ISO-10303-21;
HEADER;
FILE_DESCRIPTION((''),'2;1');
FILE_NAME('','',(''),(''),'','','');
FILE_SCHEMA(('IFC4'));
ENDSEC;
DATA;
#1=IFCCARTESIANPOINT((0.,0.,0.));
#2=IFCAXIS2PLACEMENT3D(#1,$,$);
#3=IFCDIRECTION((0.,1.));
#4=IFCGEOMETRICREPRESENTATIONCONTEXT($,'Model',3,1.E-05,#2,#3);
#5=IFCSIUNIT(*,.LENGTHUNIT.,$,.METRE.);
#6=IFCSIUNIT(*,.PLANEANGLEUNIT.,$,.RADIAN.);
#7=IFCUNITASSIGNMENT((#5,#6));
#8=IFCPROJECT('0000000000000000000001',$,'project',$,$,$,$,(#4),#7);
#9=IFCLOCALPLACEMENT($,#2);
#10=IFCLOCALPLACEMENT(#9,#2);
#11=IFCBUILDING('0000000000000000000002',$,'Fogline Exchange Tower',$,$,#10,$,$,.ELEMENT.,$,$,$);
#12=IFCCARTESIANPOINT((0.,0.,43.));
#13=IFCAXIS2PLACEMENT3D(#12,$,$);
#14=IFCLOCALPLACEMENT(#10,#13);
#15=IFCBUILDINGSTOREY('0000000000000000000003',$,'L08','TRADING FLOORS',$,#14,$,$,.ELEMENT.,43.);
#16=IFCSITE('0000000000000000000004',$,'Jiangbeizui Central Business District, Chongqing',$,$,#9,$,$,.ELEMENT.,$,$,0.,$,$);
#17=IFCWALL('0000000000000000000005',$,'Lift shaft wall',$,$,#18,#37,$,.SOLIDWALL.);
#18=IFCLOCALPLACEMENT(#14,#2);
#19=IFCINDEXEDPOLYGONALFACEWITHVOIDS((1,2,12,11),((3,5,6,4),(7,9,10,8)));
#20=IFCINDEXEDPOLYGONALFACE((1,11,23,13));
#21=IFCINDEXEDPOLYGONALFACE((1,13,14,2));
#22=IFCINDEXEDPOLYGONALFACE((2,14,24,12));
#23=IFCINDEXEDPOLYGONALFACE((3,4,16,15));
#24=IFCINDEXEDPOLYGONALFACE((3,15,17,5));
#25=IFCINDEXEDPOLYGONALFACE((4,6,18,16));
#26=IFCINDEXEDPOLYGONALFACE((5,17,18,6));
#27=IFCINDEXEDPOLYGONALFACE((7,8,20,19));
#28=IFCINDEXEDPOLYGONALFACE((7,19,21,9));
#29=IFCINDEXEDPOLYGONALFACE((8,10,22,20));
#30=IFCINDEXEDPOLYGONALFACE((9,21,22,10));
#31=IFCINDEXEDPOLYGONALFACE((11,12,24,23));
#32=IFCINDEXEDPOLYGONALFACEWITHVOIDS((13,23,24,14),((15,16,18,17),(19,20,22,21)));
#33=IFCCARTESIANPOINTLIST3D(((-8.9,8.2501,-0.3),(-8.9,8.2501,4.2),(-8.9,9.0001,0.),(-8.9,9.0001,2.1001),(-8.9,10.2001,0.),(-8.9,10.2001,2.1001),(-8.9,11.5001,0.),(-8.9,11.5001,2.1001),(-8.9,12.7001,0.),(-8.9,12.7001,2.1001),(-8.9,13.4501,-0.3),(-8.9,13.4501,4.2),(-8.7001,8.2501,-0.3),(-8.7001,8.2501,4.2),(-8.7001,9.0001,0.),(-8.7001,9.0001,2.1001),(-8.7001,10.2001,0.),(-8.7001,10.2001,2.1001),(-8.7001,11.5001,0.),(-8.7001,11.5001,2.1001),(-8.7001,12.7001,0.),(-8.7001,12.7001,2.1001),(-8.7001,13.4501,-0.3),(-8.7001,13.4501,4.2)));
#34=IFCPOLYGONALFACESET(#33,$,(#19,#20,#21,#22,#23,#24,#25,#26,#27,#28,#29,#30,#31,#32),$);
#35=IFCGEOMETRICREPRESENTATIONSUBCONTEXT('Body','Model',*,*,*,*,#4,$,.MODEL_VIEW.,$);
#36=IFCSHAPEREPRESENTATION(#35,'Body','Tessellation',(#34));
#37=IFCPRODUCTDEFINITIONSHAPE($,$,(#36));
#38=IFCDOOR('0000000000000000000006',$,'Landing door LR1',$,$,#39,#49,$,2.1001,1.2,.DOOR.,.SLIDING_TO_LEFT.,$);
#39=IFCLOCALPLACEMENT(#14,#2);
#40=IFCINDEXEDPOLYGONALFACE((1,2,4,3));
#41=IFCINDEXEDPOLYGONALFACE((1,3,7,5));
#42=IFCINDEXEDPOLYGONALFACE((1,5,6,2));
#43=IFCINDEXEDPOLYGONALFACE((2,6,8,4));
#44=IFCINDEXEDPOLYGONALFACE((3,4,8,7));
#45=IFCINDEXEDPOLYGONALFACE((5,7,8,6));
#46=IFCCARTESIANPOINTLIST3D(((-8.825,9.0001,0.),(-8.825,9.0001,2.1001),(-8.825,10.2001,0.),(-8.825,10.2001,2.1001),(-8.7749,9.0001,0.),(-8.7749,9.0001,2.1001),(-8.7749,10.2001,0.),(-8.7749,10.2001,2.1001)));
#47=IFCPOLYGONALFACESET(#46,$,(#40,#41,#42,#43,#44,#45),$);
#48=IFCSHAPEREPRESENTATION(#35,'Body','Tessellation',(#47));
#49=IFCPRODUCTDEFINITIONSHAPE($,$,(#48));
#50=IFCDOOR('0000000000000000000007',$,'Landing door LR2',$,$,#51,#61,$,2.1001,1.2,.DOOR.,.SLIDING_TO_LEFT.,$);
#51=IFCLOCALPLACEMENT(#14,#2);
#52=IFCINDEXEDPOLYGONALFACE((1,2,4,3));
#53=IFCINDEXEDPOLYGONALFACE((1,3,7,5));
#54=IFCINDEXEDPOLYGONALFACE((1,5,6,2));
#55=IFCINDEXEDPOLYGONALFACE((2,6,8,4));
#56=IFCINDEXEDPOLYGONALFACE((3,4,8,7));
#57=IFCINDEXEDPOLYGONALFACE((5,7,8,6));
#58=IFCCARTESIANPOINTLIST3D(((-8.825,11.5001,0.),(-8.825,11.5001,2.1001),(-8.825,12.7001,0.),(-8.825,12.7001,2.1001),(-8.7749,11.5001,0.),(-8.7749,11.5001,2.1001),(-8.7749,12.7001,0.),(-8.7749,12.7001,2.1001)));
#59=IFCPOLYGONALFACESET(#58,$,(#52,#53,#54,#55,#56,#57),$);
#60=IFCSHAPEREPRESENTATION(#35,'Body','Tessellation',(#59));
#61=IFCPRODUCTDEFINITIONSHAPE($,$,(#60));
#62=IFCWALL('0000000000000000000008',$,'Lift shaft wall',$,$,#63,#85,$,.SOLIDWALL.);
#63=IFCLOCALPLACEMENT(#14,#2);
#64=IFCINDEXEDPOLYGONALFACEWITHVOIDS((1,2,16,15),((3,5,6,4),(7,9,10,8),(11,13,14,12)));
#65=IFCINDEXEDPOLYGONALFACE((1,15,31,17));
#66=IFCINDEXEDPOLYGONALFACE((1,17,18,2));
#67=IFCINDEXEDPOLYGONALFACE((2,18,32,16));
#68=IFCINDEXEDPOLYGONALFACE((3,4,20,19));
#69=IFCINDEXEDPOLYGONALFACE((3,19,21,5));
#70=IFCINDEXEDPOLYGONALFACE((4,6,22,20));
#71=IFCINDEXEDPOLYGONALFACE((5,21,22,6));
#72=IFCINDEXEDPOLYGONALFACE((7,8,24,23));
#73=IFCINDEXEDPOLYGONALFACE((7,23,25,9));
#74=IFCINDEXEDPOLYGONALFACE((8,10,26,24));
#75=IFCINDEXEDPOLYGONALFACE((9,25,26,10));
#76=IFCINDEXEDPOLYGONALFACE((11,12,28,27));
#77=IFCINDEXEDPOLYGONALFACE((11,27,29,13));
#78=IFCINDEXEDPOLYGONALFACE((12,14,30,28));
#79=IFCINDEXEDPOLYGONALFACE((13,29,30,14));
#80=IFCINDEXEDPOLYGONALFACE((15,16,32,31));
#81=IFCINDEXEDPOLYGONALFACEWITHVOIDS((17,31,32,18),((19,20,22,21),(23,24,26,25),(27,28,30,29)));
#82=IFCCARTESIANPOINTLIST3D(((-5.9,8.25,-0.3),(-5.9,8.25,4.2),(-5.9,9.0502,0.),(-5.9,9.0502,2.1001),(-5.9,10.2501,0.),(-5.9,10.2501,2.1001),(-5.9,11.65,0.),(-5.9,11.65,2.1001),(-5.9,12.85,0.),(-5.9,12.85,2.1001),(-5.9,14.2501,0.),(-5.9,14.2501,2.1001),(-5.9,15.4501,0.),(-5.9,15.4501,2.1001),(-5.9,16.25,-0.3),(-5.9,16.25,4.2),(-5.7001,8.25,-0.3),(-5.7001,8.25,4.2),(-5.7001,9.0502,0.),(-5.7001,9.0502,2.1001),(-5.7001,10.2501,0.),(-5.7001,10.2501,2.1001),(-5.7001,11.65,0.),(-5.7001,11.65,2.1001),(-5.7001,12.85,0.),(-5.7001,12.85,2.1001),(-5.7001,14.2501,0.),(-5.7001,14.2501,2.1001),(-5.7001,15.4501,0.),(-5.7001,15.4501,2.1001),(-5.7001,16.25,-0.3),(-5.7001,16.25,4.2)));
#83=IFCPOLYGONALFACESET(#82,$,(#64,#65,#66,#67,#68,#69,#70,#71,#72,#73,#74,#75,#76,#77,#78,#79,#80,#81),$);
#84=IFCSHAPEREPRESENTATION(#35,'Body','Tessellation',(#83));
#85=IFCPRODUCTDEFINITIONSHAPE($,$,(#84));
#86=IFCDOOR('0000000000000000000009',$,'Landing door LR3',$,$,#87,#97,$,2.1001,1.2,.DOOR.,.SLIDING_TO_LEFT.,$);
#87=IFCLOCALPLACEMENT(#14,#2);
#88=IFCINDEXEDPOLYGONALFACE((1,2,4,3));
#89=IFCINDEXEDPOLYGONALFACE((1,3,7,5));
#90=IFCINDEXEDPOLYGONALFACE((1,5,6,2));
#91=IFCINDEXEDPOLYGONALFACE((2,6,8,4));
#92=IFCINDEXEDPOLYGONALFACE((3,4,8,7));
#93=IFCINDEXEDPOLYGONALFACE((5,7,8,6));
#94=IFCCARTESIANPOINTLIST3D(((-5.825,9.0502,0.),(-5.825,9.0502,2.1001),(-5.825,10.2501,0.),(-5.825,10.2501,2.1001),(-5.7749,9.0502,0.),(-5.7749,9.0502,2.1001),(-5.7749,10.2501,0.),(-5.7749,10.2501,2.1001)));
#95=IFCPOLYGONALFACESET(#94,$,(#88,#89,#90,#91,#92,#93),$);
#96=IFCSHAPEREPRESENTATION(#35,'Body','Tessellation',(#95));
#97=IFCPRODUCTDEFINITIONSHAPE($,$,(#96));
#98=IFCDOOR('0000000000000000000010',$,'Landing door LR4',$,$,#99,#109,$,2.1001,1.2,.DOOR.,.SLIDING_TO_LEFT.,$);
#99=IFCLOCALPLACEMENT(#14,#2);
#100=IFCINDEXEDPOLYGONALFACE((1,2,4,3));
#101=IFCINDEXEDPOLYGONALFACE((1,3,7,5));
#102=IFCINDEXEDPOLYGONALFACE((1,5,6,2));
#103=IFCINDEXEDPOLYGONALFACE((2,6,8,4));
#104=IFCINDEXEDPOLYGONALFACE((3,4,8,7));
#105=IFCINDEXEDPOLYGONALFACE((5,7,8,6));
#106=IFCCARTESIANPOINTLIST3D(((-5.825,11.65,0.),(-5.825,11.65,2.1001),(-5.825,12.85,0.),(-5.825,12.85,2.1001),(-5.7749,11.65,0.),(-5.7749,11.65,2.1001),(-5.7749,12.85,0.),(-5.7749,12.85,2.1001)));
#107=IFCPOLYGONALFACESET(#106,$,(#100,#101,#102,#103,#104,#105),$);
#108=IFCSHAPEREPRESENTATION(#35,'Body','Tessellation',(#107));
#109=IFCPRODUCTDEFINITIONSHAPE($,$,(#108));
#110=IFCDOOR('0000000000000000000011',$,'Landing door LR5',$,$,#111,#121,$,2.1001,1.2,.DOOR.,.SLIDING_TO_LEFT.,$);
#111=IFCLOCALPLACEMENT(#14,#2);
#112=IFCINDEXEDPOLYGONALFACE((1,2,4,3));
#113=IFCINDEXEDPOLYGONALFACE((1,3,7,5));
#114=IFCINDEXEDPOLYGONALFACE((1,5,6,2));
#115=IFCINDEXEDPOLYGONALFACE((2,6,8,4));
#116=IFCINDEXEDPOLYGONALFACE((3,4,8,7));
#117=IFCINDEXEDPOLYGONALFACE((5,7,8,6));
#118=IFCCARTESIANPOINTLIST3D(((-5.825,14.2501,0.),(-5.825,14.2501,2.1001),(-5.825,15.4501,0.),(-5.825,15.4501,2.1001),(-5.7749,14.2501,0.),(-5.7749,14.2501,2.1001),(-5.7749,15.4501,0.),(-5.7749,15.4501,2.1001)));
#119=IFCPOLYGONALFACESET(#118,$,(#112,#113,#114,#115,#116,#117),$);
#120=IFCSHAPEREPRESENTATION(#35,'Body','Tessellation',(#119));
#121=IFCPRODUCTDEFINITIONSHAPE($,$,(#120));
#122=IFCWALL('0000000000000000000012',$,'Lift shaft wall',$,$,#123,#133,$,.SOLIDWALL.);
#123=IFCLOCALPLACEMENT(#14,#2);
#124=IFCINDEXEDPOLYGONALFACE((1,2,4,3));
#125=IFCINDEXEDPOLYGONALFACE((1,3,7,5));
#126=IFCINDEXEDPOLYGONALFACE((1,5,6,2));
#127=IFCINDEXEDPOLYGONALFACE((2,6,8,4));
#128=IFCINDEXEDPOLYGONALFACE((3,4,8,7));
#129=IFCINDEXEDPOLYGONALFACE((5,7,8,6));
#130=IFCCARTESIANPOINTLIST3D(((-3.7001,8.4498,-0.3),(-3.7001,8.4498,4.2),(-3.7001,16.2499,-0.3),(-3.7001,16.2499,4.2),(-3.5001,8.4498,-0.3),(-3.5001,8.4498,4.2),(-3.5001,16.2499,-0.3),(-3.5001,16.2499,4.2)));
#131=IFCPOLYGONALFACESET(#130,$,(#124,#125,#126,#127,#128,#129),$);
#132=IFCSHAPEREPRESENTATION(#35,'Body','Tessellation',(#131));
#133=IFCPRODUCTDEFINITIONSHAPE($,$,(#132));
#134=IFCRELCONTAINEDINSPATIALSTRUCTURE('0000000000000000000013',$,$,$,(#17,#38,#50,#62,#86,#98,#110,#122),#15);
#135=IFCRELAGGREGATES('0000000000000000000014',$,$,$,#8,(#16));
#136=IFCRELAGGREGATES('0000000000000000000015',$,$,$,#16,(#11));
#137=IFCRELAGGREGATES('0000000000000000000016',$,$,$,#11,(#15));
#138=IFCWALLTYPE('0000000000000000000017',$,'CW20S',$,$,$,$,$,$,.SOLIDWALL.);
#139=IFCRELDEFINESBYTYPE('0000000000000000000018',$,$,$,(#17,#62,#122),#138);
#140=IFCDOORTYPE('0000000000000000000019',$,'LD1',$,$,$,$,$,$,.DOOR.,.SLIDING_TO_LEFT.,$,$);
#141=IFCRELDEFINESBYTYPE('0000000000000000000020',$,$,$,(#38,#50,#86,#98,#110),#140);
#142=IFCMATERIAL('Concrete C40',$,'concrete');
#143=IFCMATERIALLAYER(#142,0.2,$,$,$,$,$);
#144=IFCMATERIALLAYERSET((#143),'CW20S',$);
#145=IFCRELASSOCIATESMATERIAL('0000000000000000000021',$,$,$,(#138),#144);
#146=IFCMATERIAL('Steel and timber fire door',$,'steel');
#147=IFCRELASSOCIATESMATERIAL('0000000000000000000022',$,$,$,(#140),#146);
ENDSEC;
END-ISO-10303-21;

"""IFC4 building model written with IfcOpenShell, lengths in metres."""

from ifc_helpers import new_model, si_unit, direction, frame, frame_2d, origin, place, context, subcontext, project, spatial, rectangle, extrude, material, layer, layer_set, type_object, element, fill, save


model = new_model("IFC4")

# Units and contexts
model_context = context("Model", 3, precision=1e-05, world=origin(), true_north=direction((0.0, 1.0)))
body_context = subcontext(model_context, "Body", "Model", "MODEL_VIEW")
ifc_project = project(units=[si_unit("LENGTHUNIT", "METRE"), si_unit("PLANEANGLEUNIT", "RADIAN")], contexts=[model_context])

# Site, building, storey
site_placement = place(None, origin())
site = spatial("IfcSite", under=ifc_project, at=site_placement, Name="Jiangbeizui Central Business District, Chongqing", CompositionType="ELEMENT", RefElevation=0.0)
building_placement = place(site_placement, origin())
building = spatial("IfcBuilding", under=site, at=building_placement, Name="Fogline Exchange Tower", CompositionType="ELEMENT")
storey_placement = place(building_placement, frame((0.0, 0.0, 43.0)))
storey = spatial("IfcBuildingStorey", under=building, at=storey_placement, Name="L08", Description="TRADING FLOORS", CompositionType="ELEMENT", Elevation=43.0)

# Shared definitions
ifc_material_1 = material(Name="Steel and timber fire door", Category="steel")

# Shared definitions
ifc_material_2 = material(Name="Concrete C40", Category="concrete")

# Walls, openings, doors
ifc_layer_1 = layer(ifc_material_2, 0.2)
ifc_layer_set_1 = layer_set([ifc_layer_1], Name="CW20S")
wall_type_1 = type_object("IfcWallType", Name="CW20S", PredefinedType="SOLIDWALL", material=ifc_layer_set_1)
wall_1_placement = place(storey_placement, frame((-8.8, 8.25, -0.3), z_axis=(0.0, 0.0, 1.0), x_axis=(0.0, 1.0, 0.0)))
wall_1 = element("IfcWall", 1, at=wall_1_placement, inside=storey, type_object=wall_type_1, Name="Lift shaft wall", PredefinedType="SOLIDWALL", context=body_context, shape_type="SweptSolid", body=[
    extrude(rectangle(XDim=5.2, YDim=0.2, at=frame_2d((2.6001, 0.0))), origin(), (0.0, 0.0, 1.0), 4.5),
])
opening_1_placement = place(wall_1_placement, frame((0.75, 0.0, 0.3)))
opening_1 = element("IfcOpeningElement", 2, at=opening_1_placement, cuts=wall_1, PredefinedType="OPENING", context=body_context, shape_type="SweptSolid", body=[
    extrude(rectangle(XDim=1.2, YDim=2.1001, at=frame_2d((0.6001, 1.05))), frame((0.0, 0.1099, 0.0), z_axis=(0.0, -1.0, 0.0), x_axis=(1.0, 0.0, 0.0)), (0.0, 0.0, 1.0), 0.22),
])
opening_2_placement = place(wall_1_placement, frame((3.25, 0.0, 0.3)))
opening_2 = element("IfcOpeningElement", 3, at=opening_2_placement, cuts=wall_1, PredefinedType="OPENING", context=body_context, shape_type="SweptSolid", body=[
    extrude(rectangle(XDim=1.2, YDim=2.1001, at=frame_2d((0.6001, 1.05))), frame((0.0, 0.1099, 0.0), z_axis=(0.0, -1.0, 0.0), x_axis=(1.0, 0.0, 0.0)), (0.0, 0.0, 1.0), 0.22),
])
door_type_1 = type_object("IfcDoorType", Name="LD1", OperationType="SLIDING_TO_LEFT", PredefinedType="DOOR", material=ifc_material_1)
door_1_placement = place(opening_1_placement, origin())
door_1 = element("IfcDoor", 4, at=door_1_placement, inside=storey, type_object=door_type_1, Name="Landing door LR1", OperationType="SLIDING_TO_LEFT", OverallHeight=2.1001, OverallWidth=1.2, PredefinedType="DOOR", context=body_context, shape_type="SweptSolid", body=[
    extrude(rectangle(XDim=1.2, YDim=2.1001, at=frame_2d((0.6001, 1.05))), frame((0.0, 0.0249, 0.0), z_axis=(0.0, -1.0, 0.0), x_axis=(1.0, 0.0, 0.0)), (0.0, 0.0, 1.0), 0.05),
])
fill(opening_1, door_1)
door_2_placement = place(opening_2_placement, origin())
door_2 = element("IfcDoor", 5, at=door_2_placement, inside=storey, type_object=door_type_1, Name="Landing door LR2", OperationType="SLIDING_TO_LEFT", OverallHeight=2.1001, OverallWidth=1.2, PredefinedType="DOOR", context=body_context, shape_type="SweptSolid", body=[
    extrude(rectangle(XDim=1.2, YDim=2.1001, at=frame_2d((0.6001, 1.05))), frame((0.0, 0.0249, 0.0), z_axis=(0.0, -1.0, 0.0), x_axis=(1.0, 0.0, 0.0)), (0.0, 0.0, 1.0), 0.05),
])
fill(opening_2, door_2)
wall_2_placement = place(storey_placement, frame((-5.8, 8.25, -0.3), z_axis=(0.0, 0.0, 1.0), x_axis=(0.0, 1.0, 0.0)))
wall_2 = element("IfcWall", 6, at=wall_2_placement, inside=storey, type_object=wall_type_1, Name="Lift shaft wall", PredefinedType="SOLIDWALL", context=body_context, shape_type="SweptSolid", body=[
    extrude(rectangle(XDim=8.0, YDim=0.2, at=frame_2d((4.0, 0.0))), origin(), (0.0, 0.0, 1.0), 4.5),
])
opening_3_placement = place(wall_2_placement, frame((0.8, 0.0, 0.3)))
opening_3 = element("IfcOpeningElement", 7, at=opening_3_placement, cuts=wall_2, PredefinedType="OPENING", context=body_context, shape_type="SweptSolid", body=[
    extrude(rectangle(XDim=1.2, YDim=2.1001, at=frame_2d((0.6001, 1.05))), frame((0.0, 0.1099, 0.0), z_axis=(0.0, -1.0, 0.0), x_axis=(1.0, 0.0, 0.0)), (0.0, 0.0, 1.0), 0.22),
])
opening_4_placement = place(wall_2_placement, frame((3.3999, 0.0, 0.3)))
opening_4 = element("IfcOpeningElement", 8, at=opening_4_placement, cuts=wall_2, PredefinedType="OPENING", context=body_context, shape_type="SweptSolid", body=[
    extrude(rectangle(XDim=1.2, YDim=2.1001, at=frame_2d((0.6001, 1.05))), frame((0.0, 0.1099, 0.0), z_axis=(0.0, -1.0, 0.0), x_axis=(1.0, 0.0, 0.0)), (0.0, 0.0, 1.0), 0.22),
])
opening_5_placement = place(wall_2_placement, frame((6.0, 0.0, 0.3)))
opening_5 = element("IfcOpeningElement", 9, at=opening_5_placement, cuts=wall_2, PredefinedType="OPENING", context=body_context, shape_type="SweptSolid", body=[
    extrude(rectangle(XDim=1.2, YDim=2.1001, at=frame_2d((0.6001, 1.05))), frame((0.0, 0.1099, 0.0), z_axis=(0.0, -1.0, 0.0), x_axis=(1.0, 0.0, 0.0)), (0.0, 0.0, 1.0), 0.22),
])
door_3_placement = place(opening_3_placement, origin())
door_3 = element("IfcDoor", 10, at=door_3_placement, inside=storey, type_object=door_type_1, Name="Landing door LR3", OperationType="SLIDING_TO_LEFT", OverallHeight=2.1001, OverallWidth=1.2, PredefinedType="DOOR", context=body_context, shape_type="SweptSolid", body=[
    extrude(rectangle(XDim=1.2, YDim=2.1001, at=frame_2d((0.6001, 1.05))), frame((0.0, 0.0249, 0.0), z_axis=(0.0, -1.0, 0.0), x_axis=(1.0, 0.0, 0.0)), (0.0, 0.0, 1.0), 0.05),
])
fill(opening_3, door_3)
door_4_placement = place(opening_4_placement, origin())
door_4 = element("IfcDoor", 11, at=door_4_placement, inside=storey, type_object=door_type_1, Name="Landing door LR4", OperationType="SLIDING_TO_LEFT", OverallHeight=2.1001, OverallWidth=1.2, PredefinedType="DOOR", context=body_context, shape_type="SweptSolid", body=[
    extrude(rectangle(XDim=1.2, YDim=2.1001, at=frame_2d((0.6001, 1.05))), frame((0.0, 0.0249, 0.0), z_axis=(0.0, -1.0, 0.0), x_axis=(1.0, 0.0, 0.0)), (0.0, 0.0, 1.0), 0.05),
])
fill(opening_4, door_4)
door_5_placement = place(opening_5_placement, origin())
door_5 = element("IfcDoor", 12, at=door_5_placement, inside=storey, type_object=door_type_1, Name="Landing door LR5", OperationType="SLIDING_TO_LEFT", OverallHeight=2.1001, OverallWidth=1.2, PredefinedType="DOOR", context=body_context, shape_type="SweptSolid", body=[
    extrude(rectangle(XDim=1.2, YDim=2.1001, at=frame_2d((0.6001, 1.05))), frame((0.0, 0.0249, 0.0), z_axis=(0.0, -1.0, 0.0), x_axis=(1.0, 0.0, 0.0)), (0.0, 0.0, 1.0), 0.05),
])
fill(opening_5, door_5)

# Wall
wall_3_placement = place(storey_placement, frame((-3.6001, 8.45, -0.3), z_axis=(0.0, 0.0, 1.0), x_axis=(0.0, 1.0, 0.0)))
element("IfcWall", 13, at=wall_3_placement, inside=storey, type_object=wall_type_1, Name="Lift shaft wall", PredefinedType="SOLIDWALL", context=body_context, shape_type="SweptSolid", body=[
    extrude(rectangle(XDim=7.8, YDim=0.2, at=frame_2d((3.8999, 0.0))), origin(), (0.0, 0.0, 1.0), 4.5),
])

save(model, "model.ifc")
